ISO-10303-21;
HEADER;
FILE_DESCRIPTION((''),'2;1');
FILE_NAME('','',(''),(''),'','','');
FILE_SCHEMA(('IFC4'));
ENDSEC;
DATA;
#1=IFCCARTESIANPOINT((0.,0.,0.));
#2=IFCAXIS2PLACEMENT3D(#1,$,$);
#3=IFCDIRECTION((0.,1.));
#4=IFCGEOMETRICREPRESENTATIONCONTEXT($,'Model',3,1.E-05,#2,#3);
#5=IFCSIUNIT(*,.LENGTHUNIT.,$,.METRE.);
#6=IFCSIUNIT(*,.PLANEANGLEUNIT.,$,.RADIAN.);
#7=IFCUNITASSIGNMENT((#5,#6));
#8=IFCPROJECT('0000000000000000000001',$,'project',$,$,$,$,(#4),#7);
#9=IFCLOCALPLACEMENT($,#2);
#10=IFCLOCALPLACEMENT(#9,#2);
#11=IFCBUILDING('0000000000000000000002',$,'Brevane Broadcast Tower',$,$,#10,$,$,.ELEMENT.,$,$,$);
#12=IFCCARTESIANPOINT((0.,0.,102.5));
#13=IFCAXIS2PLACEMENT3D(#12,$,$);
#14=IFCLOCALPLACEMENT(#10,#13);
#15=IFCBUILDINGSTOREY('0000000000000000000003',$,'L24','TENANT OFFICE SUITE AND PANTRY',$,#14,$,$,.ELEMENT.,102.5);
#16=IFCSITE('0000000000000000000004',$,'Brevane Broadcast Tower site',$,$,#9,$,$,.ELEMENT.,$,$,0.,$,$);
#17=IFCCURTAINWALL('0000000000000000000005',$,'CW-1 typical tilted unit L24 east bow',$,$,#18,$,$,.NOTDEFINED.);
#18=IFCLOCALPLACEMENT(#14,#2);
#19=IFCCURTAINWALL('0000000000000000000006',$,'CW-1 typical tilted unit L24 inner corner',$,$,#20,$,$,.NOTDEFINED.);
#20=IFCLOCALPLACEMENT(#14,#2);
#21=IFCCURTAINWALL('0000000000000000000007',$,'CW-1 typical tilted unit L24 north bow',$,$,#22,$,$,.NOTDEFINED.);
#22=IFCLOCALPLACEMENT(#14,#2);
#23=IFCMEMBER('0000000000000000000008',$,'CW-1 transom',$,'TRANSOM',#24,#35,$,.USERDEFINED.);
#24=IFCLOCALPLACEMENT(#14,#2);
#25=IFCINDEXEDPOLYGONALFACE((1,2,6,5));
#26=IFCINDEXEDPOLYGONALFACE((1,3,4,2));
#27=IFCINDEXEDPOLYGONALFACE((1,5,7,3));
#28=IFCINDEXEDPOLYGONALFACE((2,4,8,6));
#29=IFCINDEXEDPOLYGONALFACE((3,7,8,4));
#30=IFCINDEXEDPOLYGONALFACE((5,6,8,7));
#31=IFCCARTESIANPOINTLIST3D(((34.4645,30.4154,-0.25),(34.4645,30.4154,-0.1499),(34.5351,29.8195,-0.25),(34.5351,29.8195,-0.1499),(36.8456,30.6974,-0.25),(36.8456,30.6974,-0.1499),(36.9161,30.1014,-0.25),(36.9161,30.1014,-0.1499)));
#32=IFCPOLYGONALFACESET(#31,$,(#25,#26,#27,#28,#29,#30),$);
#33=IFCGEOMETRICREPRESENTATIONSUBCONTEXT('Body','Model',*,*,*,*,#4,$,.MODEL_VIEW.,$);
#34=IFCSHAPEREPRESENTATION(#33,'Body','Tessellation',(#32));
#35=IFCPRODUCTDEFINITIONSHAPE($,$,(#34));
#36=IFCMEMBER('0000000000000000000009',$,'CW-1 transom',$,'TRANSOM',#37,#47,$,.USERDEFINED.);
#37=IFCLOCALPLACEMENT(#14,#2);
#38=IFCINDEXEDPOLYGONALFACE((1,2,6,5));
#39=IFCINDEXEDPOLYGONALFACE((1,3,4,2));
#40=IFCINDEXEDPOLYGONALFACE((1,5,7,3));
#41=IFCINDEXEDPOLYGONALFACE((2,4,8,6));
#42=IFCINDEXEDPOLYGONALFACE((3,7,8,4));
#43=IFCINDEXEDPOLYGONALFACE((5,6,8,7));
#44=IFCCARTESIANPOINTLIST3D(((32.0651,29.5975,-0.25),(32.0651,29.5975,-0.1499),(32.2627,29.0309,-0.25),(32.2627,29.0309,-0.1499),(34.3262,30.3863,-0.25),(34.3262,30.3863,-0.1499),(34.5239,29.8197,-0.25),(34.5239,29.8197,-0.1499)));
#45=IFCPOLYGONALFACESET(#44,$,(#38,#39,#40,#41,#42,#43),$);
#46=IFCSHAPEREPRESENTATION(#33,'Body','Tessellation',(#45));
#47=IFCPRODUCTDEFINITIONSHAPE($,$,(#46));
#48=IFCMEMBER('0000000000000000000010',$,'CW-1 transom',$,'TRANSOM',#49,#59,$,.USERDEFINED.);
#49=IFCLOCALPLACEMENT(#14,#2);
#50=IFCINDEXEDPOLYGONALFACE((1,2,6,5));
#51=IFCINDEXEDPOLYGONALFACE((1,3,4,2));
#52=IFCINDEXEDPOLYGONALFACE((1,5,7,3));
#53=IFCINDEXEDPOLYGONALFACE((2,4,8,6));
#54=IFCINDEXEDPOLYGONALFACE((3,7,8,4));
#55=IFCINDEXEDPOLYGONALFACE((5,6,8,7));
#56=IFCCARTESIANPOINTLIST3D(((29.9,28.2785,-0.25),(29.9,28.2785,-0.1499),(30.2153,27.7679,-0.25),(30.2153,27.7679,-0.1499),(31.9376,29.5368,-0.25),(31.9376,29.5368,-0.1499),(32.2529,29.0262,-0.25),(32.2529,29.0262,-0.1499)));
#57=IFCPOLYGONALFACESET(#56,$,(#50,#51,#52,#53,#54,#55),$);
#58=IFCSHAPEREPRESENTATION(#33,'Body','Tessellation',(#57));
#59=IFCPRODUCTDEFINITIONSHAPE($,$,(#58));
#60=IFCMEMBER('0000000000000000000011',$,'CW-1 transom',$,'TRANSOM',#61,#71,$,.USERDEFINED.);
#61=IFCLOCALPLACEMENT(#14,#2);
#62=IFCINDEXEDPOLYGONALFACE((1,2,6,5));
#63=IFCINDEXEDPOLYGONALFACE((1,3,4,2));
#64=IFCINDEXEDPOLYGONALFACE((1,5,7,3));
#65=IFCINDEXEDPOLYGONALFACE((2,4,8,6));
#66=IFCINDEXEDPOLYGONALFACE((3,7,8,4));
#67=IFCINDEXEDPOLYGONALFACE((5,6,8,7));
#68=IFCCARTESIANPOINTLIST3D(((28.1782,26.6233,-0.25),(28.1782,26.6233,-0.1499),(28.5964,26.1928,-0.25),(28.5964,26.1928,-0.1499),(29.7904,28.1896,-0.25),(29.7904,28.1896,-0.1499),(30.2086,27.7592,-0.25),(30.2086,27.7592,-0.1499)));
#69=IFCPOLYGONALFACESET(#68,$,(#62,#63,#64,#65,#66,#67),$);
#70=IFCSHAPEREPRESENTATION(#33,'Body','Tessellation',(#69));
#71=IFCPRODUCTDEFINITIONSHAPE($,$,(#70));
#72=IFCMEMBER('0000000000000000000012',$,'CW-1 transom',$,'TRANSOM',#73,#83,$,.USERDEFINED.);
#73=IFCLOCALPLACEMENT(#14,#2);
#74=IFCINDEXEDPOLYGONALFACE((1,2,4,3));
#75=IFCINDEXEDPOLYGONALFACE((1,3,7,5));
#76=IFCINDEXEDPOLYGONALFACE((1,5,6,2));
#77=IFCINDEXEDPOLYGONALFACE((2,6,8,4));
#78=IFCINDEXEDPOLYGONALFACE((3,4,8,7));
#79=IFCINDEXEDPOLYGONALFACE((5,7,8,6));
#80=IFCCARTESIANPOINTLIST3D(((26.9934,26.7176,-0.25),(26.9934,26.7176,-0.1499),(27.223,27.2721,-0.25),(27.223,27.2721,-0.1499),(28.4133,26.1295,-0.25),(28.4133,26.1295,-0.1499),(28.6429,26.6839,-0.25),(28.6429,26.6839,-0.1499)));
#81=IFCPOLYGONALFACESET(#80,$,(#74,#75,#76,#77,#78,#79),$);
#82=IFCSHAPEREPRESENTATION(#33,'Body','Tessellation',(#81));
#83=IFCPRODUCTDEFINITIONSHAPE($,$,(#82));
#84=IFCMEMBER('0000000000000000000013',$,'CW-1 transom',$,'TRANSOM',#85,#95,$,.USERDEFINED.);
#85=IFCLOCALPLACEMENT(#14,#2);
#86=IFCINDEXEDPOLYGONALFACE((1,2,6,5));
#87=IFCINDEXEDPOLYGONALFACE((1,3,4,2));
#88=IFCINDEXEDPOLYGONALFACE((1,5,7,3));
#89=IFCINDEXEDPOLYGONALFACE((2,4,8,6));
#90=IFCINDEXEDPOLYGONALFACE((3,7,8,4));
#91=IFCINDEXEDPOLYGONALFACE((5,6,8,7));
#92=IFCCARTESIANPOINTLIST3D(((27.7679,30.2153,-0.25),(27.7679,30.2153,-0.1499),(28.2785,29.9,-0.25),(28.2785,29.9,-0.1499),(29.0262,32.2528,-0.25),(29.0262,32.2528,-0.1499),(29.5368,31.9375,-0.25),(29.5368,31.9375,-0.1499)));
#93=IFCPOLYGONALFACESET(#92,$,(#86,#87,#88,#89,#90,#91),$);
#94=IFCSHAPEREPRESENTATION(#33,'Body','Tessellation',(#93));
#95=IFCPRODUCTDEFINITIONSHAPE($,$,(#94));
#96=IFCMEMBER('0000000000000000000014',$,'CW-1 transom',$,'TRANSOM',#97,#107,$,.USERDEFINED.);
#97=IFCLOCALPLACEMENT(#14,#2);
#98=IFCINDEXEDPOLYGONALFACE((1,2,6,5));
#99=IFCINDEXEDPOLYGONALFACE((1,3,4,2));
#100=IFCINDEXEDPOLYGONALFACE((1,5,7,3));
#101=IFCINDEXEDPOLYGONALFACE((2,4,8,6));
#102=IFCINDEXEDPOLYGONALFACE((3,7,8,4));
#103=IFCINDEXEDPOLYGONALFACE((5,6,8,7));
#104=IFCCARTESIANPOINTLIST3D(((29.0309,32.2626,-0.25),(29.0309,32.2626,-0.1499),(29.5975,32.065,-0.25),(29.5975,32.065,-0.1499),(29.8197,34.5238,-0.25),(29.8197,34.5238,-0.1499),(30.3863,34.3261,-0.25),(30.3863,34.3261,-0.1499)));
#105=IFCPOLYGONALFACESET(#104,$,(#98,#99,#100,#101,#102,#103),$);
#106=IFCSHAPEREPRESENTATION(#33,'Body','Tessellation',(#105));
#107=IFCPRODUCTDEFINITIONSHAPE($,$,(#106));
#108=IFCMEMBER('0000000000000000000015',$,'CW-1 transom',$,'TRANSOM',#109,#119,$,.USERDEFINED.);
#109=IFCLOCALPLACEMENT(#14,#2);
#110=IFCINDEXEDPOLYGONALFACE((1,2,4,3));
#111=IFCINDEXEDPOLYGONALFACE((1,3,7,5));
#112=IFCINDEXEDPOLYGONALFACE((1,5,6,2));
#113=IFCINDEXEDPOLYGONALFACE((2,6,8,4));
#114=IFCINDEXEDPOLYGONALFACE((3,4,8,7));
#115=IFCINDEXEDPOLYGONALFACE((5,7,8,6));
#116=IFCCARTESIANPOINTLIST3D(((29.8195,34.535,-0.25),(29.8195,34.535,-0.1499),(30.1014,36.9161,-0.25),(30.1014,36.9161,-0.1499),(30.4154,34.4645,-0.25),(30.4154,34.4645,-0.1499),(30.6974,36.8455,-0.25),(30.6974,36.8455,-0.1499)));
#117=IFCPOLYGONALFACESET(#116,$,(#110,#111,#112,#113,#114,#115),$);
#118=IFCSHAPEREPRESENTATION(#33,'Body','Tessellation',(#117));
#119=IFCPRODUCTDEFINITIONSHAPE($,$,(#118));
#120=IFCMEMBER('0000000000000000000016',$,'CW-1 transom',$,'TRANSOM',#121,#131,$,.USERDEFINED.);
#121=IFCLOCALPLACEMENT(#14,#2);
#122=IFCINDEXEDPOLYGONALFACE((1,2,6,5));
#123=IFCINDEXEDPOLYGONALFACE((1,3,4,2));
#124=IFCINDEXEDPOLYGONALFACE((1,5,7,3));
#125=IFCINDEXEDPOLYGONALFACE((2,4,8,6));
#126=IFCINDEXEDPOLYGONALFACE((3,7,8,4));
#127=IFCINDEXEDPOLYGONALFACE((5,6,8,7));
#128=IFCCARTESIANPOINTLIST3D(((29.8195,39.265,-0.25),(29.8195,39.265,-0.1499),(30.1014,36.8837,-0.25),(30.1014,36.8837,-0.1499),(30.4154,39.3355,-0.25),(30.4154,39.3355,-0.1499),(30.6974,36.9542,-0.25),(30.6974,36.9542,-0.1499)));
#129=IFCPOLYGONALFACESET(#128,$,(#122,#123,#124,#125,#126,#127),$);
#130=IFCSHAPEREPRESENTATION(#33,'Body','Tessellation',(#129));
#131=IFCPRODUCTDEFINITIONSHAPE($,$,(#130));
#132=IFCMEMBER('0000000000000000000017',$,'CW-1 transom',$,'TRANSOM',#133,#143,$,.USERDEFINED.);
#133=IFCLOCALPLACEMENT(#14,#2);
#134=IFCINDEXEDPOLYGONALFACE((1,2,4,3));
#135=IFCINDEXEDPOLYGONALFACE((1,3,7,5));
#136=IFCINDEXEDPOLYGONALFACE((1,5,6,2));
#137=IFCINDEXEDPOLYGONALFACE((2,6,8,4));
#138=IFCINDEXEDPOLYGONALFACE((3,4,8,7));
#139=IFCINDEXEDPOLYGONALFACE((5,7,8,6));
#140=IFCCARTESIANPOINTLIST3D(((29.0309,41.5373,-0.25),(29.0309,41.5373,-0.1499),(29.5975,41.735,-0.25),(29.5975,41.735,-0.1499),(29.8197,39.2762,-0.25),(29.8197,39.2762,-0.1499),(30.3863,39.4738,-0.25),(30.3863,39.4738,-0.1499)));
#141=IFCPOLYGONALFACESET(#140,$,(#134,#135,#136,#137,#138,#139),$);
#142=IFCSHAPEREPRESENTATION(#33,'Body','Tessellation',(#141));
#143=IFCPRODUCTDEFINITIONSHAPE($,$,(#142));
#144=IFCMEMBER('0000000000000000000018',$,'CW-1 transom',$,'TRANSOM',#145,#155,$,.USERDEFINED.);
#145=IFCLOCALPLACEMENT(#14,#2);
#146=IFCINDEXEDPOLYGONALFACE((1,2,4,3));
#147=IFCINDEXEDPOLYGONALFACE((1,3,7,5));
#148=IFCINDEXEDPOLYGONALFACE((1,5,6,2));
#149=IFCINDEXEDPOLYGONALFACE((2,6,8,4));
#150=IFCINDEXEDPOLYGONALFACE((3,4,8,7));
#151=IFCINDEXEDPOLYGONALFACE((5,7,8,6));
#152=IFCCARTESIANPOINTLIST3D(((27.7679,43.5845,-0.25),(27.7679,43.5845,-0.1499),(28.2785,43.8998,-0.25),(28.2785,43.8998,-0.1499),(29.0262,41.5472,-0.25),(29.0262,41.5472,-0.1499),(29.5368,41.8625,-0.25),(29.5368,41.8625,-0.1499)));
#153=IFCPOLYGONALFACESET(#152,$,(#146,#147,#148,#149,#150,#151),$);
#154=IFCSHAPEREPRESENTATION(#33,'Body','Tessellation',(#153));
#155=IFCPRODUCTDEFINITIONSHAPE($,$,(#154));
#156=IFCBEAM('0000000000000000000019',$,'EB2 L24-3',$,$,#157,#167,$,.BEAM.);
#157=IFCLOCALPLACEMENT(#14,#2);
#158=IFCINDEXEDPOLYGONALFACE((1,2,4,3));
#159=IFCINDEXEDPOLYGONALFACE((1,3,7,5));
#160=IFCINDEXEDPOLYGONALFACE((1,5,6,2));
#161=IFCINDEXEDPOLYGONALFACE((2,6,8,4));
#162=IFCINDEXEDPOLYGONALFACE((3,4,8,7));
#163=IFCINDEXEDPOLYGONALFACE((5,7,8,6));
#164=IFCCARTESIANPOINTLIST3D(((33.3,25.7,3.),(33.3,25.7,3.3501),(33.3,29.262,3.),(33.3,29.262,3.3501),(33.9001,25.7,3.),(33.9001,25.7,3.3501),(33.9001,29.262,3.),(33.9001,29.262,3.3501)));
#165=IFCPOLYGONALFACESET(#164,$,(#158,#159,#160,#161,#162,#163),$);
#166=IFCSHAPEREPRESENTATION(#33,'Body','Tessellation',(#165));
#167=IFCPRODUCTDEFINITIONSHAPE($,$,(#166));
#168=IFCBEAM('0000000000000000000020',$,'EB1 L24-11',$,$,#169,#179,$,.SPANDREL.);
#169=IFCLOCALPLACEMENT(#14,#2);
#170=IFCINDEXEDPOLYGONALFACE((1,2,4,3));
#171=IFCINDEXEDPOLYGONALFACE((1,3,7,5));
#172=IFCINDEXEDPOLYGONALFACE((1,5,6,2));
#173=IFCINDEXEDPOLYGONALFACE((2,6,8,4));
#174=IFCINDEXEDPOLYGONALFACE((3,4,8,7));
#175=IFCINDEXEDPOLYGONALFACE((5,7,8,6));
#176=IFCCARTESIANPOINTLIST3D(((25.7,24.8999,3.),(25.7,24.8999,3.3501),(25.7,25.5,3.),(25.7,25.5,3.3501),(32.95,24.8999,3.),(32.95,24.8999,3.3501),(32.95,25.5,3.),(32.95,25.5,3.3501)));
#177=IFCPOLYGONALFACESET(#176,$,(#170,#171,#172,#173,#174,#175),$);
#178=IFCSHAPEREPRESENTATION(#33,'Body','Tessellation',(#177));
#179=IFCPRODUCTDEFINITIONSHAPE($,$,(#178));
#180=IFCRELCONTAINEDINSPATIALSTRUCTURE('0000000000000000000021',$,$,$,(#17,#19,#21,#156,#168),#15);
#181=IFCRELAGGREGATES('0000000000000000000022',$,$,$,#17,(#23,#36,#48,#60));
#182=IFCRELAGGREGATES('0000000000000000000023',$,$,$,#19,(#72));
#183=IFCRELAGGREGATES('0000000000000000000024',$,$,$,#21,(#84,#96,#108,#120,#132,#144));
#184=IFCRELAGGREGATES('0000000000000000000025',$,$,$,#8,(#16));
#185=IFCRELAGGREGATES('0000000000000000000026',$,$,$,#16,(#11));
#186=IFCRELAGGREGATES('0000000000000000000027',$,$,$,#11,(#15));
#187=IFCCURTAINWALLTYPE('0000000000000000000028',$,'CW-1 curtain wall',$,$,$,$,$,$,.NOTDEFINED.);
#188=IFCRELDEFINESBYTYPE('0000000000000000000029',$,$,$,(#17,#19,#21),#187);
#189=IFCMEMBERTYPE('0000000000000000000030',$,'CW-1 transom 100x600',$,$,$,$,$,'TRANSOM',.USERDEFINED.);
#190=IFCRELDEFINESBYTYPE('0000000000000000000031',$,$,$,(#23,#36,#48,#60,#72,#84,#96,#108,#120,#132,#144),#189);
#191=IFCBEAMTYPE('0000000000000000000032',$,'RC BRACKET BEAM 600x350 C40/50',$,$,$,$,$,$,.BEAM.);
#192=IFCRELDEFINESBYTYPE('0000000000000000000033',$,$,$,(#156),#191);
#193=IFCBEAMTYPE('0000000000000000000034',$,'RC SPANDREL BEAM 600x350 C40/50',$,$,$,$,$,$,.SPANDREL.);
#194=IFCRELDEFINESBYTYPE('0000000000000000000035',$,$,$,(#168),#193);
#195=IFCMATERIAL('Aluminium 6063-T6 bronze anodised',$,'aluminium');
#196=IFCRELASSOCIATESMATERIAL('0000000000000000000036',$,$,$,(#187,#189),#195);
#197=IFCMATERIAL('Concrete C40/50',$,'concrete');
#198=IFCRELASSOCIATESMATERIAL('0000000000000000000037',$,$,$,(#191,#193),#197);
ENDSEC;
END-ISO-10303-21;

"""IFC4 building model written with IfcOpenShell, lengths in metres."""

from ifc_helpers import new_model, si_unit, direction, frame, origin, origin_2d, place, context, subcontext, project, spatial, rectangle, extrude, material, material_profile, profile_set, type_object, element, aggregate, save


model = new_model("IFC4")

# Units and contexts
model_context = context("Model", 3, precision=1e-05, world=origin(), true_north=direction((0.0, 1.0)))
body_context = subcontext(model_context, "Body", "Model", "MODEL_VIEW")
ifc_project = project(units=[si_unit("LENGTHUNIT", "METRE"), si_unit("PLANEANGLEUNIT", "RADIAN")], contexts=[model_context])

# Site, building, storey
site_placement = place(None, origin())
site = spatial("IfcSite", under=ifc_project, at=site_placement, Name="Brevane Broadcast Tower site", CompositionType="ELEMENT", RefElevation=0.0)
building_placement = place(site_placement, origin())
building = spatial("IfcBuilding", under=site, at=building_placement, Name="Brevane Broadcast Tower", CompositionType="ELEMENT")
storey_placement = place(building_placement, frame((0.0, 0.0, 102.5)))
storey = spatial("IfcBuildingStorey", under=building, at=storey_placement, Name="L24", Description="TENANT OFFICE SUITE AND PANTRY", CompositionType="ELEMENT", Elevation=102.5)

# Curtain wall
ifc_material_1 = material(Name="Aluminium 6063-T6 bronze anodised", Category="aluminium")
curtain_wall_type = type_object("IfcCurtainWallType", Name="CW-1 curtain wall", PredefinedType="NOTDEFINED", material=ifc_material_1)
curtain_wall_1_placement = place(storey_placement, origin())
curtain_wall_1 = element("IfcCurtainWall", 1, at=curtain_wall_1_placement, inside=storey, type_object=curtain_wall_type, Name="CW-1 typical tilted unit L24 east bow", PredefinedType="NOTDEFINED")

# Curtain wall
curtain_wall_2_placement = place(storey_placement, origin())
curtain_wall_2 = element("IfcCurtainWall", 2, at=curtain_wall_2_placement, inside=storey, type_object=curtain_wall_type, Name="CW-1 typical tilted unit L24 inner corner", PredefinedType="NOTDEFINED")

# Curtain wall
curtain_wall_3_placement = place(storey_placement, origin())
curtain_wall_3 = element("IfcCurtainWall", 3, at=curtain_wall_3_placement, inside=storey, type_object=curtain_wall_type, Name="CW-1 typical tilted unit L24 north bow", PredefinedType="NOTDEFINED")

# Members
ifc_material_profile_1 = material_profile(ifc_material_1, rectangle(XDim=0.6001, YDim=0.1001, at=origin_2d()), Name="RECT 100x600")
ifc_profile_set_1 = profile_set([ifc_material_profile_1], Name="Aluminium 6063-T6 bronze anodised")
member_type_1 = type_object("IfcMemberType", Name="CW-1 transom 100x600", ElementType="TRANSOM", PredefinedType="USERDEFINED", material=ifc_profile_set_1)
member_1_placement = place(storey_placement, frame((36.8809, 30.3994, -0.2), z_axis=(-0.993061, -0.117603, 0.0), x_axis=(0.117603, -0.993061, 0.0)))
member_1 = element("IfcMember", 4, at=member_1_placement, type_object=member_type_1, Name="CW-1 transom", ObjectType="TRANSOM", PredefinedType="USERDEFINED", context=body_context, shape_type="SweptSolid", body=[
    extrude(rectangle(XDim=0.6001, YDim=0.1001, at=origin_2d()), origin(), (0.0, 0.0, 1.0), 2.3977),
])
member_2_placement = place(storey_placement, frame((34.425, 30.103, -0.2), z_axis=(-0.944198, -0.329378, 0.0), x_axis=(0.329378, -0.944198, 0.0)))
member_2 = element("IfcMember", 5, at=member_2_placement, type_object=member_type_1, Name="CW-1 transom", ObjectType="TRANSOM", PredefinedType="USERDEFINED", context=body_context, shape_type="SweptSolid", body=[
    extrude(rectangle(XDim=0.6001, YDim=0.1001, at=origin_2d()), origin(), (0.0, 0.0, 1.0), 2.3948),
])
member_3_placement = place(storey_placement, frame((32.0952, 29.2815, -0.2), z_axis=(-0.850838, -0.525428, 0.0), x_axis=(0.525428, -0.850838, 0.0)))
member_3 = element("IfcMember", 6, at=member_3_placement, type_object=member_type_1, Name="CW-1 transom", ObjectType="TRANSOM", PredefinedType="USERDEFINED", context=body_context, shape_type="SweptSolid", body=[
    extrude(rectangle(XDim=0.6001, YDim=0.1001, at=origin_2d()), origin(), (0.0, 0.0, 1.0), 2.3948),
])
member_4_placement = place(storey_placement, frame((29.9995, 27.9744, -0.2), z_axis=(-0.717242, -0.696824, 0.0), x_axis=(0.696824, -0.717242, 0.0)))
member_4 = element("IfcMember", 7, at=member_4_placement, type_object=member_type_1, Name="CW-1 transom", ObjectType="TRANSOM", PredefinedType="USERDEFINED", context=body_context, shape_type="SweptSolid", body=[
    extrude(rectangle(XDim=0.6001, YDim=0.1001, at=origin_2d()), origin(), (0.0, 0.0, 1.0), 2.2478),
])
aggregate(curtain_wall_1, [member_1, member_2, member_3, member_4])
member_5_placement = place(storey_placement, frame((28.5281, 26.4067, -0.2), z_axis=(-0.923883, 0.382674, 0.0), x_axis=(-0.382674, -0.923883, 0.0)))
member_5 = element("IfcMember", 8, at=member_5_placement, type_object=member_type_1, Name="CW-1 transom", ObjectType="TRANSOM", PredefinedType="USERDEFINED", context=body_context, shape_type="SweptSolid", body=[
    extrude(rectangle(XDim=0.6001, YDim=0.1001, at=origin_2d()), origin(), (0.0, 0.0, 1.0), 1.5369),
])
aggregate(curtain_wall_2, [member_5])
member_6_placement = place(storey_placement, frame((28.0232, 30.0576, -0.2), z_axis=(0.525428, 0.850838, 0.0), x_axis=(-0.850838, 0.525428, 0.0)))
member_6 = element("IfcMember", 9, at=member_6_placement, type_object=member_type_1, Name="CW-1 transom", ObjectType="TRANSOM", PredefinedType="USERDEFINED", context=body_context, shape_type="SweptSolid", body=[
    extrude(rectangle(XDim=0.6001, YDim=0.1001, at=origin_2d()), origin(), (0.0, 0.0, 1.0), 2.3948),
])
member_7_placement = place(storey_placement, frame((29.3142, 32.1638, -0.2), z_axis=(0.329378, 0.944198, 0.0), x_axis=(-0.944198, 0.329378, 0.0)))
member_7 = element("IfcMember", 10, at=member_7_placement, type_object=member_type_1, Name="CW-1 transom", ObjectType="TRANSOM", PredefinedType="USERDEFINED", context=body_context, shape_type="SweptSolid", body=[
    extrude(rectangle(XDim=0.6001, YDim=0.1001, at=origin_2d()), origin(), (0.0, 0.0, 1.0), 2.3948),
])
member_8_placement = place(storey_placement, frame((30.1174, 34.4998, -0.2), z_axis=(0.117603, 0.993061, 0.0), x_axis=(-0.993061, 0.117603, 0.0)))
member_8 = element("IfcMember", 11, at=member_8_placement, type_object=member_type_1, Name="CW-1 transom", ObjectType="TRANSOM", PredefinedType="USERDEFINED", context=body_context, shape_type="SweptSolid", body=[
    extrude(rectangle(XDim=0.6001, YDim=0.1001, at=origin_2d()), origin(), (0.0, 0.0, 1.0), 2.3977),
])
member_9_placement = place(storey_placement, frame((30.3994, 36.9189, -0.2), z_axis=(-0.117591, 0.993062, 0.0), x_axis=(-0.993062, -0.117591, 0.0)))
member_9 = element("IfcMember", 12, at=member_9_placement, type_object=member_type_1, Name="CW-1 transom", ObjectType="TRANSOM", PredefinedType="USERDEFINED", context=body_context, shape_type="SweptSolid", body=[
    extrude(rectangle(XDim=0.6001, YDim=0.1001, at=origin_2d()), origin(), (0.0, 0.0, 1.0), 2.3979),
])
member_10_placement = place(storey_placement, frame((30.103, 39.375, -0.2), z_axis=(-0.329378, 0.944198, 0.0), x_axis=(-0.944198, -0.329378, 0.0)))
member_10 = element("IfcMember", 13, at=member_10_placement, type_object=member_type_1, Name="CW-1 transom", ObjectType="TRANSOM", PredefinedType="USERDEFINED", context=body_context, shape_type="SweptSolid", body=[
    extrude(rectangle(XDim=0.6001, YDim=0.1001, at=origin_2d()), origin(), (0.0, 0.0, 1.0), 2.3948),
])
member_11_placement = place(storey_placement, frame((29.2815, 41.7048, -0.2), z_axis=(-0.525473, 0.85081, 0.0), x_axis=(-0.85081, -0.525473, 0.0)))
member_11 = element("IfcMember", 14, at=member_11_placement, type_object=member_type_1, Name="CW-1 transom", ObjectType="TRANSOM", PredefinedType="USERDEFINED", context=body_context, shape_type="SweptSolid", body=[
    extrude(rectangle(XDim=0.6001, YDim=0.1001, at=origin_2d()), origin(), (0.0, 0.0, 1.0), 2.3945),
])
aggregate(curtain_wall_3, [member_6, member_7, member_8, member_9, member_10, member_11])

# Beams
ifc_material_2 = material(Name="Concrete C40/50", Category="concrete")
ifc_material_profile_2 = material_profile(ifc_material_2, rectangle(XDim=0.6001, YDim=0.3501, at=origin_2d()), Name="RC 600x350")
ifc_profile_set_2 = profile_set([ifc_material_profile_2], Name="Concrete C40/50")
beam_type_1 = type_object("IfcBeamType", Name="RC BRACKET BEAM 600x350 C40/50", PredefinedType="BEAM", material=ifc_profile_set_2)
beam_1_placement = place(storey_placement, frame((33.6001, 25.7, 3.175), z_axis=(0.0, 1.0, 0.0), x_axis=(-1.0, 0.0, 0.0)))
element("IfcBeam", 15, at=beam_1_placement, inside=storey, type_object=beam_type_1, Name="EB2 L24-3", PredefinedType="BEAM", context=body_context, shape_type="SweptSolid", body=[
    extrude(rectangle(XDim=0.6001, YDim=0.3501, at=origin_2d()), origin(), (0.0, 0.0, 1.0), 3.562),
])
ifc_material_profile_3 = material_profile(ifc_material_2, rectangle(XDim=0.6001, YDim=0.3501, at=origin_2d()), Name="RC 600x350")
ifc_profile_set_3 = profile_set([ifc_material_profile_3], Name="Concrete C40/50")
beam_type_2 = type_object("IfcBeamType", Name="RC SPANDREL BEAM 600x350 C40/50", PredefinedType="SPANDREL", material=ifc_profile_set_3)
beam_2_placement = place(storey_placement, frame((32.95, 25.2, 3.175), z_axis=(-1.0, 0.0, 0.0), x_axis=(0.0, -1.0, 0.0)))
element("IfcBeam", 16, at=beam_2_placement, inside=storey, type_object=beam_type_2, Name="EB1 L24-11", PredefinedType="SPANDREL", context=body_context, shape_type="SweptSolid", body=[
    extrude(rectangle(XDim=0.6001, YDim=0.3501, at=origin_2d()), origin(), (0.0, 0.0, 1.0), 7.25),
])

save(model, "model.ifc")
